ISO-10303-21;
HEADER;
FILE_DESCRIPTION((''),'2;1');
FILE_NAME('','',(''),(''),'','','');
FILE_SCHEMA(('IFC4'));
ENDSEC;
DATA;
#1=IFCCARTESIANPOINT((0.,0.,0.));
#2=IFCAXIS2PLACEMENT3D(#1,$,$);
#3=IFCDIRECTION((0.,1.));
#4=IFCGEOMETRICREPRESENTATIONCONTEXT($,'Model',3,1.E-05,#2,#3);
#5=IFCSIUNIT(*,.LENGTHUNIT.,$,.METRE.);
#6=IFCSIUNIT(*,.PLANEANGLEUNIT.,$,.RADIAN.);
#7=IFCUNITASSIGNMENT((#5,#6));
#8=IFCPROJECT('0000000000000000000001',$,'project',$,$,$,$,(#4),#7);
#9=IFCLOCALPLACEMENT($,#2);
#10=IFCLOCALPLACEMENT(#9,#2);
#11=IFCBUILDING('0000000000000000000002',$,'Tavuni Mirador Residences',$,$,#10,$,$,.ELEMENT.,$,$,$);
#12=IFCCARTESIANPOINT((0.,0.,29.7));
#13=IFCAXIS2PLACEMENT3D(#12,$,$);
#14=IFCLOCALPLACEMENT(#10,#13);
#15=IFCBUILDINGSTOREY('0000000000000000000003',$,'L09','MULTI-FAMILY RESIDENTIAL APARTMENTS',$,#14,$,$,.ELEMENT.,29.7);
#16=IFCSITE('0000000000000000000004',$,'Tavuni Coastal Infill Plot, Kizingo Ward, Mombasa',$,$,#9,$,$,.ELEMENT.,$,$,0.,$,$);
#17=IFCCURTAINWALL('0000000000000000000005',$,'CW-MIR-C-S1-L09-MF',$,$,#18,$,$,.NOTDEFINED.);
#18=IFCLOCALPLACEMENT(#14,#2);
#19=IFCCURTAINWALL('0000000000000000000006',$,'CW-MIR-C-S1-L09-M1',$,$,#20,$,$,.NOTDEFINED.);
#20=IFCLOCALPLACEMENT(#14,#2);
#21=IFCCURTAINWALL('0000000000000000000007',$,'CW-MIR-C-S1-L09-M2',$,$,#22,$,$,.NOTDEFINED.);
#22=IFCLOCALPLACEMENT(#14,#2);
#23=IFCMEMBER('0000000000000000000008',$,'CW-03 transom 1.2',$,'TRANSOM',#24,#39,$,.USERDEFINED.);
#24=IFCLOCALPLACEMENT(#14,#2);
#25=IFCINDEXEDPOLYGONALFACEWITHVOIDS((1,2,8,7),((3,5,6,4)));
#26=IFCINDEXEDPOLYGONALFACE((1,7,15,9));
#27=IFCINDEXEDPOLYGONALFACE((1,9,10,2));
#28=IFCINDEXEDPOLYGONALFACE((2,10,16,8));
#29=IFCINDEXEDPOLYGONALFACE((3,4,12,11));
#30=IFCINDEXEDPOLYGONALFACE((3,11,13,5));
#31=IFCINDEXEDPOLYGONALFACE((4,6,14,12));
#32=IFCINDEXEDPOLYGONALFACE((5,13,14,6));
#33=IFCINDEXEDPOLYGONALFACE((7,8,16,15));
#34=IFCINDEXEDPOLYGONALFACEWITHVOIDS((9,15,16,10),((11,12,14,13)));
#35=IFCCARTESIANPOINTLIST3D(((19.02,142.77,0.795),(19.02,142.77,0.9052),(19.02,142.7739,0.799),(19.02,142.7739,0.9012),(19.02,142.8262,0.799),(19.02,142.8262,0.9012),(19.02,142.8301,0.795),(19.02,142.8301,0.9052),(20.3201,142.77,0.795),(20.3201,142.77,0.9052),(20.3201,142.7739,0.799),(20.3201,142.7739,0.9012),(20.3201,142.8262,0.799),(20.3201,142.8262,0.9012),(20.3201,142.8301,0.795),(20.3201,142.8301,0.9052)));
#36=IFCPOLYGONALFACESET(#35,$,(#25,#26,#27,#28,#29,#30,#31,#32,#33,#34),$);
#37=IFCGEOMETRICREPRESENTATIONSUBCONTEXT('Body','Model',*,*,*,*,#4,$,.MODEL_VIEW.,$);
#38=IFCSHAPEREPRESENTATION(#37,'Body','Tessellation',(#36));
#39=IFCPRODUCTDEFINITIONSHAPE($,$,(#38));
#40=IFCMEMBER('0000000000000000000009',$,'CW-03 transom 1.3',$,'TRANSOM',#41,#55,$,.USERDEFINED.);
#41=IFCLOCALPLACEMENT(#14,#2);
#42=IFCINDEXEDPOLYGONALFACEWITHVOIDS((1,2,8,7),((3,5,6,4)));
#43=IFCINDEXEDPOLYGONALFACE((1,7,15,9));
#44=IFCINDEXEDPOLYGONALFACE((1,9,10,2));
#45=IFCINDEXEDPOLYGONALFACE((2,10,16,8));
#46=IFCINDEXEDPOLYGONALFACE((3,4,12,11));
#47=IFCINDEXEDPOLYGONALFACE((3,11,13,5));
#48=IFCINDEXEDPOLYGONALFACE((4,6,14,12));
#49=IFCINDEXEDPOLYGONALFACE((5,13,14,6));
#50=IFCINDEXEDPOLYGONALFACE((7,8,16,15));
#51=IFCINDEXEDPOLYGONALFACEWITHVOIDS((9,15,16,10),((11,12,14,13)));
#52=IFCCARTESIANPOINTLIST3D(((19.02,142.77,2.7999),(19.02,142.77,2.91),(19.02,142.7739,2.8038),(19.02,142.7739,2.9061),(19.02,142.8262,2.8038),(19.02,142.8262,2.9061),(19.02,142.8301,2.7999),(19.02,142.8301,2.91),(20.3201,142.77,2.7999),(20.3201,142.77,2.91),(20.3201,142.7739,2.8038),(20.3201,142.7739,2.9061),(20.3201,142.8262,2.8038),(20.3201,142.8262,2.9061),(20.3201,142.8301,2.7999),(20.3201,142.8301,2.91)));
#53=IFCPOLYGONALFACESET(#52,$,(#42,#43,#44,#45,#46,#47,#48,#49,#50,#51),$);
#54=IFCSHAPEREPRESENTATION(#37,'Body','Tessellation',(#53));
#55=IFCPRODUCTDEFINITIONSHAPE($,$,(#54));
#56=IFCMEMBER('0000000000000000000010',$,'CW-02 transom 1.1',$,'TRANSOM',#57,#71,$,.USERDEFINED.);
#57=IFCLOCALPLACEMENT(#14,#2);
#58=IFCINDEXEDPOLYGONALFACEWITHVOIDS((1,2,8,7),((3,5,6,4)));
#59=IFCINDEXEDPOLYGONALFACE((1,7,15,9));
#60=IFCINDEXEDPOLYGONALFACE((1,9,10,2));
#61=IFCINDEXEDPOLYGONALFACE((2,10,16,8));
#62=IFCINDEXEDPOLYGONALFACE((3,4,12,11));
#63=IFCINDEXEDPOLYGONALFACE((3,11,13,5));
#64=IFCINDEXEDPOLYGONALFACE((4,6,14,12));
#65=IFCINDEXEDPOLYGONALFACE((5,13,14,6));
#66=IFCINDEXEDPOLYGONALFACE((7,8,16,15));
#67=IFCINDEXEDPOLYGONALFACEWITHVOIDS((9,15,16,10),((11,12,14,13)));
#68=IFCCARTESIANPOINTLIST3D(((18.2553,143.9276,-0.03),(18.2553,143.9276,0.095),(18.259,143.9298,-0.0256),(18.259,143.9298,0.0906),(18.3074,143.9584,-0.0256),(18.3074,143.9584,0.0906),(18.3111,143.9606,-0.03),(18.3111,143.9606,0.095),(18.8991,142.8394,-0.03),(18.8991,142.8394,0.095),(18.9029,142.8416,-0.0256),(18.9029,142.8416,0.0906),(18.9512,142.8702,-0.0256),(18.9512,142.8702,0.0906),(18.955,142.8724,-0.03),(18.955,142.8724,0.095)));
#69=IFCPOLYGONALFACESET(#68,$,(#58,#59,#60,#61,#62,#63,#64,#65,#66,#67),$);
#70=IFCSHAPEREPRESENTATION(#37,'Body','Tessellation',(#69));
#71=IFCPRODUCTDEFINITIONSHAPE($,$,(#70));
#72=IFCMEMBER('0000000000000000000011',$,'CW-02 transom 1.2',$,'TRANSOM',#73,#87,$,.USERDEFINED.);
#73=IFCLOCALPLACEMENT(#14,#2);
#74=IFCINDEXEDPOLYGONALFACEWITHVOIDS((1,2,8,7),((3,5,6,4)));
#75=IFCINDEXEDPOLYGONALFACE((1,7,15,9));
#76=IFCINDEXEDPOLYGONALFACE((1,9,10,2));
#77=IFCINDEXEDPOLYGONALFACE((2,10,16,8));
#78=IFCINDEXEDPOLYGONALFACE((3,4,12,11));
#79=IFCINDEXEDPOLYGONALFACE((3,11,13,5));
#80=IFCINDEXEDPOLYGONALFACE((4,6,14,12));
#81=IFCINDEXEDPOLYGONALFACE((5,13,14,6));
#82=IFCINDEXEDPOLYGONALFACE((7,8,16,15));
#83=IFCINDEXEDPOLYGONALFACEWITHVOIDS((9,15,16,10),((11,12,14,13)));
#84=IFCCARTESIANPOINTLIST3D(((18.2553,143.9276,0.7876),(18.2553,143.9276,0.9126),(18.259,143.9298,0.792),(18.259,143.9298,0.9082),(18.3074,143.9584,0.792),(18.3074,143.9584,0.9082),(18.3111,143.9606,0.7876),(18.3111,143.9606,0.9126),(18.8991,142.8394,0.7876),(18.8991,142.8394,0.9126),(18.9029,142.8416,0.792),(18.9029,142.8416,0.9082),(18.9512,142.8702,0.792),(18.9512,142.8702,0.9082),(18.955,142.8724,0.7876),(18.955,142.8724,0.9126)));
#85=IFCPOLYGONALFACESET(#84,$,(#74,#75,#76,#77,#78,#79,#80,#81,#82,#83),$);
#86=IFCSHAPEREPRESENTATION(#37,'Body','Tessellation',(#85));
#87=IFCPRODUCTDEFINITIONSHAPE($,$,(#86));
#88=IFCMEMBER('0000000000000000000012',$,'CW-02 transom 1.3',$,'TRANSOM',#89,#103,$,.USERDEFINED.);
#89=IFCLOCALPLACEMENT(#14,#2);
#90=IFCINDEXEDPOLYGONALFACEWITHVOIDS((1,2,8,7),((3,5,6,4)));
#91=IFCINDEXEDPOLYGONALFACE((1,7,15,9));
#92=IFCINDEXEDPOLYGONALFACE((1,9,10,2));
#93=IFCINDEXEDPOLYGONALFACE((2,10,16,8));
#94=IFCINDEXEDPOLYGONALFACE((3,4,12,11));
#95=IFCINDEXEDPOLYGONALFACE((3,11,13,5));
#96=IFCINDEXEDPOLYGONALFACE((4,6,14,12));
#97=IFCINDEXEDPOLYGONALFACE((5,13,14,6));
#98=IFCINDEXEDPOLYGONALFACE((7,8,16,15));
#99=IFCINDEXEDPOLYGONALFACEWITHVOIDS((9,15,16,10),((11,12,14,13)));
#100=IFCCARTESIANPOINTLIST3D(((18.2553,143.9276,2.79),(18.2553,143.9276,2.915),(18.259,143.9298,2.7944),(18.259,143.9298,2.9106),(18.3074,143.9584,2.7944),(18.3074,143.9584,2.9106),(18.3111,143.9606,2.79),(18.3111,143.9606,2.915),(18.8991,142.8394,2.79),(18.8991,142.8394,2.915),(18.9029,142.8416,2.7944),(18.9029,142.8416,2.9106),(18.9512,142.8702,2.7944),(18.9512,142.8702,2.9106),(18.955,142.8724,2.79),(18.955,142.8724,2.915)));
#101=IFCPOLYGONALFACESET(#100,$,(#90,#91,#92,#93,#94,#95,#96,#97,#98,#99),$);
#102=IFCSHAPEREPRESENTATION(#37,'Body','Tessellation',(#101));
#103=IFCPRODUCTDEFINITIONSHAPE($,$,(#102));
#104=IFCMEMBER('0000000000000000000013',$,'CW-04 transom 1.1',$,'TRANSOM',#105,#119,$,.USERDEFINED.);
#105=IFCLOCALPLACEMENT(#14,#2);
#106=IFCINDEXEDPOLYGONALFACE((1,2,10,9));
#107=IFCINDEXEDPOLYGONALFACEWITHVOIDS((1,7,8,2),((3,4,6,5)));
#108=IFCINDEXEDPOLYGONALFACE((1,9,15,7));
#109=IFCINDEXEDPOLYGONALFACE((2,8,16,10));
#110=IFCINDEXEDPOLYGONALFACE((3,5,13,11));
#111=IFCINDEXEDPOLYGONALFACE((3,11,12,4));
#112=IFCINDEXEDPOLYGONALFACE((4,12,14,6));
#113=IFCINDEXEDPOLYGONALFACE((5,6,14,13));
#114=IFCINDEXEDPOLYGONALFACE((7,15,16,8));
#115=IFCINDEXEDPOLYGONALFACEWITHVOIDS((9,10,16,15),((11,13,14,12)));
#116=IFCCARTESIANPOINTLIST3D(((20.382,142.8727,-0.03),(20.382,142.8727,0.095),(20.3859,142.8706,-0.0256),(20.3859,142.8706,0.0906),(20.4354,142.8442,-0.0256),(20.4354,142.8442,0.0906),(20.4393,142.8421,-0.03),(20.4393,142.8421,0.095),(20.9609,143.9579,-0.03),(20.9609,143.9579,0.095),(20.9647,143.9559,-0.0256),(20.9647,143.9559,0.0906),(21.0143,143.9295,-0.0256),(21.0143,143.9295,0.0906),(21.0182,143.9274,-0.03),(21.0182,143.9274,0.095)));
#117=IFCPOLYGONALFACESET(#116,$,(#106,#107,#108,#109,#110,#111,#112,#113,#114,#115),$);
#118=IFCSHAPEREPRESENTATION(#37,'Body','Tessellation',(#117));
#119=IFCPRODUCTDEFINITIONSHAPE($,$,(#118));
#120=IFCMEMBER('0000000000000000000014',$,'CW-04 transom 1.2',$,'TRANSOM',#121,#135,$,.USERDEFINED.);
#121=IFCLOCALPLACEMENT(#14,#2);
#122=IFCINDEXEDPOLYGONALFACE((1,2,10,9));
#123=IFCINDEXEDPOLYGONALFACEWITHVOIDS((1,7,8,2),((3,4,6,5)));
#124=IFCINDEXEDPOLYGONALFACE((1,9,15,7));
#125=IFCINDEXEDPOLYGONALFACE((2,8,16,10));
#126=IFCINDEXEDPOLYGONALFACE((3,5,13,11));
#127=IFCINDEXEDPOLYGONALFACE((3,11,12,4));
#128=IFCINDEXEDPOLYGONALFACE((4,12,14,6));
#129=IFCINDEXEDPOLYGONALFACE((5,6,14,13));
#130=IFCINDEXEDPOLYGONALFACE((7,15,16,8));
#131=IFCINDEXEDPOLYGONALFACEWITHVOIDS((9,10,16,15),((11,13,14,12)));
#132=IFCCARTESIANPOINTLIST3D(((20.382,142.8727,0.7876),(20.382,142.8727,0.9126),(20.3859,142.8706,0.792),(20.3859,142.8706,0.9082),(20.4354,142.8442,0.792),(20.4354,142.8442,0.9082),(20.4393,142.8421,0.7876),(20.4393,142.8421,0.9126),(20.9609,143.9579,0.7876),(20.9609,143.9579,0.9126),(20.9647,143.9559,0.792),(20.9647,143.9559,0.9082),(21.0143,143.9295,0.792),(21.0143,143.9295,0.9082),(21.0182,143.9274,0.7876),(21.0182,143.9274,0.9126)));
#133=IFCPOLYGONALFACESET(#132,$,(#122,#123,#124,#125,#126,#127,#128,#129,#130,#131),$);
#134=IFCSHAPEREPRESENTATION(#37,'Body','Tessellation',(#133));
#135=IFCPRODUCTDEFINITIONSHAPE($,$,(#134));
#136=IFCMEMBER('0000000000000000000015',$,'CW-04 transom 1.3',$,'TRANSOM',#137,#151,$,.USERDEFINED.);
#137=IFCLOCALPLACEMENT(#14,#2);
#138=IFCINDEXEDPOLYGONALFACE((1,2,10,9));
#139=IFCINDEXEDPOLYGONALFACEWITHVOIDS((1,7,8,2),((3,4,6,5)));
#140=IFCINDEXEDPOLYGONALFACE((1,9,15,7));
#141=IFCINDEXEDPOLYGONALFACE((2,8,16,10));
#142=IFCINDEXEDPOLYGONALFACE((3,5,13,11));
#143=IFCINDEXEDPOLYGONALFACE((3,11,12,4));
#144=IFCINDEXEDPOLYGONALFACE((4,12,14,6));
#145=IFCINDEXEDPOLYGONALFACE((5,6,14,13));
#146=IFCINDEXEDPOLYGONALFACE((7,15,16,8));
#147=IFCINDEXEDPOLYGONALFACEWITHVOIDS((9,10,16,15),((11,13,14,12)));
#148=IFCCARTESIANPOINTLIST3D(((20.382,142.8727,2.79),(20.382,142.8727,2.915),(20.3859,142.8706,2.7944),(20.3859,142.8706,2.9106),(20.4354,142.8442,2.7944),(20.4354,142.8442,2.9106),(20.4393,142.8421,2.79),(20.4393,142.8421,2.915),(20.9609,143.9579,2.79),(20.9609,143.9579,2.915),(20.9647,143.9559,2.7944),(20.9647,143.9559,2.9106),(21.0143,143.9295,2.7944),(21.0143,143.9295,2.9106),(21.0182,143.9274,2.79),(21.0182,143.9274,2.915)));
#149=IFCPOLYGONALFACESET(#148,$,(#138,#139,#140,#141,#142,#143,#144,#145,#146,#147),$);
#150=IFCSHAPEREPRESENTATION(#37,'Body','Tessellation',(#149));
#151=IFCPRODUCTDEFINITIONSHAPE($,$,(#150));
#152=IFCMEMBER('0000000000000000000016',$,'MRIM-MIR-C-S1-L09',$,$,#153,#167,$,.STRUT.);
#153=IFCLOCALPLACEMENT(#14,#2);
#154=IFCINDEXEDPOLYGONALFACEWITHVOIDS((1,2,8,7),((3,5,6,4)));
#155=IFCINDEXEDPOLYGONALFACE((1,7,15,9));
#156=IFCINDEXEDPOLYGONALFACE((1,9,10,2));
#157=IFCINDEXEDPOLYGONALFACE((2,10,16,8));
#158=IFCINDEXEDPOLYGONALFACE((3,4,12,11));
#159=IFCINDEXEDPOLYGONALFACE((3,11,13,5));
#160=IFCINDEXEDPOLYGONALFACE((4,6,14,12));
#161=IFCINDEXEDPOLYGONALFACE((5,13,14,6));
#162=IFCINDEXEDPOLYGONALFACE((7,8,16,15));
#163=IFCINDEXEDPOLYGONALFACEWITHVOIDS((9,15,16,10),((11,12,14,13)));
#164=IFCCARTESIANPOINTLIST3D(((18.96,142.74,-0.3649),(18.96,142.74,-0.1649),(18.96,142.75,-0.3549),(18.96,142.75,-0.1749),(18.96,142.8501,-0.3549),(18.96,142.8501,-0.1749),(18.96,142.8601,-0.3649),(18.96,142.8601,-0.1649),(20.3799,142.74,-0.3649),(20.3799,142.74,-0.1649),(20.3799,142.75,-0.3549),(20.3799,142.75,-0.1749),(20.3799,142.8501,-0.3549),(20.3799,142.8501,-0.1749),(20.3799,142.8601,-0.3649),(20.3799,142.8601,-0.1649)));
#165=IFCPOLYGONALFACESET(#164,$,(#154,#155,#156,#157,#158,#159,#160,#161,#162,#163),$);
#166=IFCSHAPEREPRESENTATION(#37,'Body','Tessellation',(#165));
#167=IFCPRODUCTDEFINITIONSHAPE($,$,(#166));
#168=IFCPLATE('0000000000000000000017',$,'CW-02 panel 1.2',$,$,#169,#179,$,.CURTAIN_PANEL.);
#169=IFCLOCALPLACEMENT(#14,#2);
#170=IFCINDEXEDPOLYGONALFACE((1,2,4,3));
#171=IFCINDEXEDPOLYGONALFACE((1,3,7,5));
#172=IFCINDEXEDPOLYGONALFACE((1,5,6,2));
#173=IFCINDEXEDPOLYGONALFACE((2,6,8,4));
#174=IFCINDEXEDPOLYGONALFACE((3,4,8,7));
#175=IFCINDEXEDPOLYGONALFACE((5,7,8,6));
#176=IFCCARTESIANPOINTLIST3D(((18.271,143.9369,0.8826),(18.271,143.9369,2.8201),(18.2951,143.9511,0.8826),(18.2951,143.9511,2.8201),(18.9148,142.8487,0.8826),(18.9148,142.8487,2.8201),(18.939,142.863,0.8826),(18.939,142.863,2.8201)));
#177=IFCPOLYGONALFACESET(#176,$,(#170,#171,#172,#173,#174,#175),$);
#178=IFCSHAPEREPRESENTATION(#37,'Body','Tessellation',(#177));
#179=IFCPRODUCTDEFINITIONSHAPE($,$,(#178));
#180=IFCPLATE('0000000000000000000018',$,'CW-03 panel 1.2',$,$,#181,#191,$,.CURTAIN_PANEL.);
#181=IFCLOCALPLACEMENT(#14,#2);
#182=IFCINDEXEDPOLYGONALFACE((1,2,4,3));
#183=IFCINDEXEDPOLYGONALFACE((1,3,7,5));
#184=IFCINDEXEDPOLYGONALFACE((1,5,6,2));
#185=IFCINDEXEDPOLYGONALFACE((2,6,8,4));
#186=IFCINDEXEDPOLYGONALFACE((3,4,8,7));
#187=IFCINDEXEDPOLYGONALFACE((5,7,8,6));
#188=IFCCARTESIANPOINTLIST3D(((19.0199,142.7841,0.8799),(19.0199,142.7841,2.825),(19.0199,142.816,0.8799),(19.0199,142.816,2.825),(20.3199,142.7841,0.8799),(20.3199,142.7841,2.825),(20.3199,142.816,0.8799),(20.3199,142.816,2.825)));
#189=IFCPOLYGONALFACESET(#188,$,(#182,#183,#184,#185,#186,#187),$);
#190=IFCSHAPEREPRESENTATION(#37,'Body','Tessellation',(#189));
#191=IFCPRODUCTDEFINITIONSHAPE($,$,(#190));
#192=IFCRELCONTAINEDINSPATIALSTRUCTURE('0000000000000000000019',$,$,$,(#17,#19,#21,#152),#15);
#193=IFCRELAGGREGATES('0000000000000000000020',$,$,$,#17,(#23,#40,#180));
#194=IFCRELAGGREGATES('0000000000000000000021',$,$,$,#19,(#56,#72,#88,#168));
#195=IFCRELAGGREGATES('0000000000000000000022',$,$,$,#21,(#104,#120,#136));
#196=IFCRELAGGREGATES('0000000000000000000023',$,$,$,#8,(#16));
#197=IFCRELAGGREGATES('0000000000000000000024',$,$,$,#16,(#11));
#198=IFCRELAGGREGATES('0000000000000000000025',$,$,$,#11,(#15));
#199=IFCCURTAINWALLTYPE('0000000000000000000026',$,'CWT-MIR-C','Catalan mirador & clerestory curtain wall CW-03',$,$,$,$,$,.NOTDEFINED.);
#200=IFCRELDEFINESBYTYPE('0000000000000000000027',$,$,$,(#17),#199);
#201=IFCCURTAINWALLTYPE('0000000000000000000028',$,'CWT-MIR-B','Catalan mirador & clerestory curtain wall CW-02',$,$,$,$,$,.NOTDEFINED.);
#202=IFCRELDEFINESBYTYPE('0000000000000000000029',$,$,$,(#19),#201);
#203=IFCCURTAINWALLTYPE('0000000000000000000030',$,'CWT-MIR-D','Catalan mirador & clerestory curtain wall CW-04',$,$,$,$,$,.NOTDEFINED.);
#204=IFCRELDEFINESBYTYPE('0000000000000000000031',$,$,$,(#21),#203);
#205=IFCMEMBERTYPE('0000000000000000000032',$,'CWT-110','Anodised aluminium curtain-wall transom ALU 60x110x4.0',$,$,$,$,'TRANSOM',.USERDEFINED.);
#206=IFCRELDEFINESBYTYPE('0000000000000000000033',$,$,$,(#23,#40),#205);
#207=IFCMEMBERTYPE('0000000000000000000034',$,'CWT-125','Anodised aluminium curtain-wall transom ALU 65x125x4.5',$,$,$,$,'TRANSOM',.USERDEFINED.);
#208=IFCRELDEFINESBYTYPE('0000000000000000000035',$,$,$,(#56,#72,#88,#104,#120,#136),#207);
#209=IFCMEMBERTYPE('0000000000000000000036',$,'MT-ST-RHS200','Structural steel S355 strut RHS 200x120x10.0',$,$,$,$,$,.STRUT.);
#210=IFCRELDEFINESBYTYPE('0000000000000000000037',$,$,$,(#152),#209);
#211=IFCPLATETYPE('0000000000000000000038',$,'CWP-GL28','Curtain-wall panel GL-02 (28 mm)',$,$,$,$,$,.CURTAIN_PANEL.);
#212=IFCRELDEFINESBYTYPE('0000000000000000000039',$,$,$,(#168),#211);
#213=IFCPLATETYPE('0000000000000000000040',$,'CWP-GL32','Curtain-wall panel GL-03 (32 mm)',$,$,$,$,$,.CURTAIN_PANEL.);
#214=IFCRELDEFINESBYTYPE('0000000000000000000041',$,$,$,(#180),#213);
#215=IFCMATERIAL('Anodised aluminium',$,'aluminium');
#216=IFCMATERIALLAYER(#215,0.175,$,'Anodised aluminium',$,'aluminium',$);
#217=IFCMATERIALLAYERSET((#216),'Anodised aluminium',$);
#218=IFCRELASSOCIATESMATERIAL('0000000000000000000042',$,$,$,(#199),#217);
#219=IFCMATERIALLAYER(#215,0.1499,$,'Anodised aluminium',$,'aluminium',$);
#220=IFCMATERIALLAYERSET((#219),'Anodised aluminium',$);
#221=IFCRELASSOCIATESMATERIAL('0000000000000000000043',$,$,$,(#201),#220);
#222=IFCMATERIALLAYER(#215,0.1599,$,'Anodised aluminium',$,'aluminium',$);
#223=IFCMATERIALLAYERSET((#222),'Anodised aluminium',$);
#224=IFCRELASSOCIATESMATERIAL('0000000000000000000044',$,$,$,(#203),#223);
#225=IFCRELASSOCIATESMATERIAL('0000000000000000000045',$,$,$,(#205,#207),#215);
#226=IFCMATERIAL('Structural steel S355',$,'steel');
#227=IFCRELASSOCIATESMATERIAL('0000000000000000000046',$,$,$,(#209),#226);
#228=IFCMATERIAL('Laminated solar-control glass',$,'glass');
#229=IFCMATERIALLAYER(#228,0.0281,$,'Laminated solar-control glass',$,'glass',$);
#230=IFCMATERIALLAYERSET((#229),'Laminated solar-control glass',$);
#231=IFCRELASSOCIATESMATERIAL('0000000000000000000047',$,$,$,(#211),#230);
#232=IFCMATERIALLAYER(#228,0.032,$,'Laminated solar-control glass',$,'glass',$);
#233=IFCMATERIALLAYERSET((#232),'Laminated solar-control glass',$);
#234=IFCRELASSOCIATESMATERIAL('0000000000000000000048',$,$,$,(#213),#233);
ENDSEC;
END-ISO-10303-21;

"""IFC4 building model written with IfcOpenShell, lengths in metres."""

from ifc_helpers import new_model, si_unit, direction, frame, origin, origin_2d, place, context, subcontext, project, spatial, rectangle, hollow_rectangle, extrude, material, layer, layer_set, material_profile, profile_set, type_object, element, aggregate, save


model = new_model("IFC4")

# Units and contexts
model_context = context("Model", 3, precision=1e-05, world=origin(), true_north=direction((0.0, 1.0)))
body_context = subcontext(model_context, "Body", "Model", "MODEL_VIEW")
ifc_project = project(units=[si_unit("LENGTHUNIT", "METRE"), si_unit("PLANEANGLEUNIT", "RADIAN")], contexts=[model_context])

# Site, building, storey
site_placement = place(None, origin())
site = spatial("IfcSite", under=ifc_project, at=site_placement, Name="Tavuni Coastal Infill Plot, Kizingo Ward, Mombasa", CompositionType="ELEMENT", RefElevation=0.0)
building_placement = place(site_placement, origin())
building = spatial("IfcBuilding", under=site, at=building_placement, Name="Tavuni Mirador Residences", CompositionType="ELEMENT")
storey_placement = place(building_placement, frame((0.0, 0.0, 29.7)))
storey = spatial("IfcBuildingStorey", under=building, at=storey_placement, Name="L09", Description="MULTI-FAMILY RESIDENTIAL APARTMENTS", CompositionType="ELEMENT", Elevation=29.7)

# Curtain walls
ifc_material_1 = material(Name="Anodised aluminium", Category="aluminium")
ifc_layer_1 = layer(ifc_material_1, 0.175, Name="Anodised aluminium", Category="aluminium")
ifc_layer_set_1 = layer_set([ifc_layer_1], Name="Anodised aluminium")
curtain_wall_type_1 = type_object("IfcCurtainWallType", Name="CWT-MIR-C", Description="Catalan mirador & clerestory curtain wall CW-03", PredefinedType="NOTDEFINED", material=ifc_layer_set_1)
curtain_wall_1_placement = place(storey_placement, origin())
curtain_wall_1 = element("IfcCurtainWall", 1, at=curtain_wall_1_placement, inside=storey, type_object=curtain_wall_type_1, Name="CW-MIR-C-S1-L09-MF", PredefinedType="NOTDEFINED")
ifc_layer_2 = layer(ifc_material_1, 0.1499, Name="Anodised aluminium", Category="aluminium")
ifc_layer_set_2 = layer_set([ifc_layer_2], Name="Anodised aluminium")
curtain_wall_type_2 = type_object("IfcCurtainWallType", Name="CWT-MIR-B", Description="Catalan mirador & clerestory curtain wall CW-02", PredefinedType="NOTDEFINED", material=ifc_layer_set_2)
curtain_wall_2_placement = place(storey_placement, origin())
curtain_wall_2 = element("IfcCurtainWall", 2, at=curtain_wall_2_placement, inside=storey, type_object=curtain_wall_type_2, Name="CW-MIR-C-S1-L09-M1", PredefinedType="NOTDEFINED")
ifc_layer_3 = layer(ifc_material_1, 0.1599, Name="Anodised aluminium", Category="aluminium")
ifc_layer_set_3 = layer_set([ifc_layer_3], Name="Anodised aluminium")
curtain_wall_type_3 = type_object("IfcCurtainWallType", Name="CWT-MIR-D", Description="Catalan mirador & clerestory curtain wall CW-04", PredefinedType="NOTDEFINED", material=ifc_layer_set_3)
curtain_wall_3_placement = place(storey_placement, origin())
curtain_wall_3 = element("IfcCurtainWall", 3, at=curtain_wall_3_placement, inside=storey, type_object=curtain_wall_type_3, Name="CW-MIR-C-S1-L09-M2", PredefinedType="NOTDEFINED")

# Members
ifc_material_profile_1 = material_profile(ifc_material_1, hollow_rectangle(XDim=0.0601, YDim=0.1101, WallThickness=0.0039, at=origin_2d()), Name="ALU 60x110x4.0", Category="aluminium")
ifc_profile_set_1 = profile_set([ifc_material_profile_1], Name="Anodised aluminium")
member_type_1 = type_object("IfcMemberType", Name="CWT-110", Description="Anodised aluminium curtain-wall transom ALU 60x110x4.0", ElementType="TRANSOM", PredefinedType="USERDEFINED", material=ifc_profile_set_1)
member_1_placement = place(storey_placement, frame((19.02, 142.8, 0.8501), z_axis=(1.0, 0.0, 0.0), x_axis=(0.0, 1.0, 0.0)))
member_1 = element("IfcMember", 4, at=member_1_placement, type_object=member_type_1, Name="CW-03 transom 1.2", ObjectType="TRANSOM", PredefinedType="USERDEFINED", context=body_context, shape_type="SweptSolid", body=[
    extrude(hollow_rectangle(XDim=0.0601, YDim=0.1101, WallThickness=0.0039, at=origin_2d()), origin(), (0.0, 0.0, 1.0), 1.3),
])
member_2_placement = place(storey_placement, frame((19.02, 142.8, 2.855), z_axis=(1.0, 0.0, 0.0), x_axis=(0.0, 1.0, 0.0)))
member_2 = element("IfcMember", 5, at=member_2_placement, type_object=member_type_1, Name="CW-03 transom 1.3", ObjectType="TRANSOM", PredefinedType="USERDEFINED", context=body_context, shape_type="SweptSolid", body=[
    extrude(hollow_rectangle(XDim=0.0601, YDim=0.1101, WallThickness=0.0039, at=origin_2d()), origin(), (0.0, 0.0, 1.0), 1.3),
])
ifc_material_profile_2 = material_profile(ifc_material_1, hollow_rectangle(XDim=0.0649, YDim=0.125, WallThickness=0.0044, at=origin_2d()), Name="ALU 65x125x4.5", Category="aluminium")
ifc_profile_set_2 = profile_set([ifc_material_profile_2], Name="Anodised aluminium")
member_type_2 = type_object("IfcMemberType", Name="CWT-125", Description="Anodised aluminium curtain-wall transom ALU 65x125x4.5", ElementType="TRANSOM", PredefinedType="USERDEFINED", material=ifc_profile_set_2)
member_3_placement = place(storey_placement, frame((18.2832, 143.9441, 0.0325), z_axis=(0.509204, -0.860646, 0.0), x_axis=(0.860646, 0.509204, 0.0)))
member_3 = element("IfcMember", 6, at=member_3_placement, type_object=member_type_2, Name="CW-02 transom 1.1", ObjectType="TRANSOM", PredefinedType="USERDEFINED", context=body_context, shape_type="SweptSolid", body=[
    extrude(hollow_rectangle(XDim=0.0649, YDim=0.125, WallThickness=0.0044, at=origin_2d()), origin(), (0.0, 0.0, 1.0), 1.2644),
])
member_4_placement = place(storey_placement, frame((18.2832, 143.9441, 0.8501), z_axis=(0.509204, -0.860646, 0.0), x_axis=(0.860646, 0.509204, 0.0)))
member_4 = element("IfcMember", 7, at=member_4_placement, type_object=member_type_2, Name="CW-02 transom 1.2", ObjectType="TRANSOM", PredefinedType="USERDEFINED", context=body_context, shape_type="SweptSolid", body=[
    extrude(hollow_rectangle(XDim=0.0649, YDim=0.125, WallThickness=0.0044, at=origin_2d()), origin(), (0.0, 0.0, 1.0), 1.2644),
])
member_5_placement = place(storey_placement, frame((18.2832, 143.9441, 2.8525), z_axis=(0.509204, -0.860646, 0.0), x_axis=(0.860646, 0.509204, 0.0)))
member_5 = element("IfcMember", 8, at=member_5_placement, type_object=member_type_2, Name="CW-02 transom 1.3", ObjectType="TRANSOM", PredefinedType="USERDEFINED", context=body_context, shape_type="SweptSolid", body=[
    extrude(hollow_rectangle(XDim=0.0649, YDim=0.125, WallThickness=0.0044, at=origin_2d()), origin(), (0.0, 0.0, 1.0), 1.2644),
])
member_6_placement = place(storey_placement, frame((20.4106, 142.8574, 0.0325), z_axis=(0.47064, 0.882325, 0.0), x_axis=(-0.882325, 0.47064, 0.0)))
member_6 = element("IfcMember", 9, at=member_6_placement, type_object=member_type_2, Name="CW-04 transom 1.1", ObjectType="TRANSOM", PredefinedType="USERDEFINED", context=body_context, shape_type="SweptSolid", body=[
    extrude(hollow_rectangle(XDim=0.0649, YDim=0.125, WallThickness=0.0044, at=origin_2d()), origin(), (0.0, 0.0, 1.0), 1.23),
])
member_7_placement = place(storey_placement, frame((20.4106, 142.8574, 0.8501), z_axis=(0.47064, 0.882325, 0.0), x_axis=(-0.882325, 0.47064, 0.0)))
member_7 = element("IfcMember", 10, at=member_7_placement, type_object=member_type_2, Name="CW-04 transom 1.2", ObjectType="TRANSOM", PredefinedType="USERDEFINED", context=body_context, shape_type="SweptSolid", body=[
    extrude(hollow_rectangle(XDim=0.0649, YDim=0.125, WallThickness=0.0044, at=origin_2d()), origin(), (0.0, 0.0, 1.0), 1.23),
])
member_8_placement = place(storey_placement, frame((20.4106, 142.8574, 2.8525), z_axis=(0.47064, 0.882325, 0.0), x_axis=(-0.882325, 0.47064, 0.0)))
member_8 = element("IfcMember", 11, at=member_8_placement, type_object=member_type_2, Name="CW-04 transom 1.3", ObjectType="TRANSOM", PredefinedType="USERDEFINED", context=body_context, shape_type="SweptSolid", body=[
    extrude(hollow_rectangle(XDim=0.0649, YDim=0.125, WallThickness=0.0044, at=origin_2d()), origin(), (0.0, 0.0, 1.0), 1.23),
])
ifc_material_2 = material(Name="Structural steel S355", Category="steel")
ifc_material_profile_3 = material_profile(ifc_material_2, hollow_rectangle(XDim=0.1201, YDim=0.2, WallThickness=0.01, at=origin_2d()), Name="RHS 200x120x10.0", Category="steel")
ifc_profile_set_3 = profile_set([ifc_material_profile_3], Name="Structural steel S355")
member_type_3 = type_object("IfcMemberType", Name="MT-ST-RHS200", Description="Structural steel S355 strut RHS 200x120x10.0", PredefinedType="STRUT", material=ifc_profile_set_3)
member_9_placement = place(storey_placement, frame((18.96, 142.8, -0.2649), z_axis=(1.0, 0.0, 0.0), x_axis=(0.0, 1.0, 0.0)))
element("IfcMember", 12, at=member_9_placement, inside=storey, type_object=member_type_3, Name="MRIM-MIR-C-S1-L09", PredefinedType="STRUT", context=body_context, shape_type="SweptSolid", body=[
    extrude(hollow_rectangle(XDim=0.1201, YDim=0.2, WallThickness=0.01, at=origin_2d()), origin(), (0.0, 0.0, 1.0), 1.4199),
])

# Plates
ifc_material_3 = material(Name="Laminated solar-control glass", Category="glass")
ifc_layer_4 = layer(ifc_material_3, 0.0281, Name="Laminated solar-control glass", Category="glass")
ifc_layer_set_4 = layer_set([ifc_layer_4], Name="Laminated solar-control glass")
plate_type_1 = type_object("IfcPlateType", Name="CWP-GL28", Description="Curtain-wall panel GL-02 (28 mm)", PredefinedType="CURTAIN_PANEL", material=ifc_layer_set_4)
plate_1_placement = place(storey_placement, frame((18.605, 143.3999, 0.8826), z_axis=(0.0, 0.0, 1.0), x_axis=(0.509212, -0.860641, 0.0)))
plate_1 = element("IfcPlate", 13, at=plate_1_placement, type_object=plate_type_1, Name="CW-02 panel 1.2", PredefinedType="CURTAIN_PANEL", context=body_context, shape_type="SweptSolid", body=[
    extrude(rectangle(XDim=1.2644, YDim=0.0281, at=origin_2d()), origin(), (0.0, 0.0, 1.0), 1.9375),
])
ifc_layer_5 = layer(ifc_material_3, 0.032, Name="Laminated solar-control glass", Category="glass")
ifc_layer_set_5 = layer_set([ifc_layer_5], Name="Laminated solar-control glass")
plate_type_2 = type_object("IfcPlateType", Name="CWP-GL32", Description="Curtain-wall panel GL-03 (32 mm)", PredefinedType="CURTAIN_PANEL", material=ifc_layer_set_5)
plate_2_placement = place(storey_placement, frame((19.6699, 142.8, 0.8799), z_axis=(0.0, 0.0, 1.0), x_axis=(1.0, 0.0, 0.0)))
plate_2 = element("IfcPlate", 14, at=plate_2_placement, type_object=plate_type_2, Name="CW-03 panel 1.2", PredefinedType="CURTAIN_PANEL", context=body_context, shape_type="SweptSolid", body=[
    extrude(rectangle(XDim=1.3, YDim=0.032, at=origin_2d()), origin(), (0.0, 0.0, 1.0), 1.9451),
])
aggregate(curtain_wall_1, [member_1, member_2, plate_2])
aggregate(curtain_wall_2, [member_3, member_4, member_5, plate_1])
aggregate(curtain_wall_3, [member_6, member_7, member_8])

save(model, "model.ifc")
